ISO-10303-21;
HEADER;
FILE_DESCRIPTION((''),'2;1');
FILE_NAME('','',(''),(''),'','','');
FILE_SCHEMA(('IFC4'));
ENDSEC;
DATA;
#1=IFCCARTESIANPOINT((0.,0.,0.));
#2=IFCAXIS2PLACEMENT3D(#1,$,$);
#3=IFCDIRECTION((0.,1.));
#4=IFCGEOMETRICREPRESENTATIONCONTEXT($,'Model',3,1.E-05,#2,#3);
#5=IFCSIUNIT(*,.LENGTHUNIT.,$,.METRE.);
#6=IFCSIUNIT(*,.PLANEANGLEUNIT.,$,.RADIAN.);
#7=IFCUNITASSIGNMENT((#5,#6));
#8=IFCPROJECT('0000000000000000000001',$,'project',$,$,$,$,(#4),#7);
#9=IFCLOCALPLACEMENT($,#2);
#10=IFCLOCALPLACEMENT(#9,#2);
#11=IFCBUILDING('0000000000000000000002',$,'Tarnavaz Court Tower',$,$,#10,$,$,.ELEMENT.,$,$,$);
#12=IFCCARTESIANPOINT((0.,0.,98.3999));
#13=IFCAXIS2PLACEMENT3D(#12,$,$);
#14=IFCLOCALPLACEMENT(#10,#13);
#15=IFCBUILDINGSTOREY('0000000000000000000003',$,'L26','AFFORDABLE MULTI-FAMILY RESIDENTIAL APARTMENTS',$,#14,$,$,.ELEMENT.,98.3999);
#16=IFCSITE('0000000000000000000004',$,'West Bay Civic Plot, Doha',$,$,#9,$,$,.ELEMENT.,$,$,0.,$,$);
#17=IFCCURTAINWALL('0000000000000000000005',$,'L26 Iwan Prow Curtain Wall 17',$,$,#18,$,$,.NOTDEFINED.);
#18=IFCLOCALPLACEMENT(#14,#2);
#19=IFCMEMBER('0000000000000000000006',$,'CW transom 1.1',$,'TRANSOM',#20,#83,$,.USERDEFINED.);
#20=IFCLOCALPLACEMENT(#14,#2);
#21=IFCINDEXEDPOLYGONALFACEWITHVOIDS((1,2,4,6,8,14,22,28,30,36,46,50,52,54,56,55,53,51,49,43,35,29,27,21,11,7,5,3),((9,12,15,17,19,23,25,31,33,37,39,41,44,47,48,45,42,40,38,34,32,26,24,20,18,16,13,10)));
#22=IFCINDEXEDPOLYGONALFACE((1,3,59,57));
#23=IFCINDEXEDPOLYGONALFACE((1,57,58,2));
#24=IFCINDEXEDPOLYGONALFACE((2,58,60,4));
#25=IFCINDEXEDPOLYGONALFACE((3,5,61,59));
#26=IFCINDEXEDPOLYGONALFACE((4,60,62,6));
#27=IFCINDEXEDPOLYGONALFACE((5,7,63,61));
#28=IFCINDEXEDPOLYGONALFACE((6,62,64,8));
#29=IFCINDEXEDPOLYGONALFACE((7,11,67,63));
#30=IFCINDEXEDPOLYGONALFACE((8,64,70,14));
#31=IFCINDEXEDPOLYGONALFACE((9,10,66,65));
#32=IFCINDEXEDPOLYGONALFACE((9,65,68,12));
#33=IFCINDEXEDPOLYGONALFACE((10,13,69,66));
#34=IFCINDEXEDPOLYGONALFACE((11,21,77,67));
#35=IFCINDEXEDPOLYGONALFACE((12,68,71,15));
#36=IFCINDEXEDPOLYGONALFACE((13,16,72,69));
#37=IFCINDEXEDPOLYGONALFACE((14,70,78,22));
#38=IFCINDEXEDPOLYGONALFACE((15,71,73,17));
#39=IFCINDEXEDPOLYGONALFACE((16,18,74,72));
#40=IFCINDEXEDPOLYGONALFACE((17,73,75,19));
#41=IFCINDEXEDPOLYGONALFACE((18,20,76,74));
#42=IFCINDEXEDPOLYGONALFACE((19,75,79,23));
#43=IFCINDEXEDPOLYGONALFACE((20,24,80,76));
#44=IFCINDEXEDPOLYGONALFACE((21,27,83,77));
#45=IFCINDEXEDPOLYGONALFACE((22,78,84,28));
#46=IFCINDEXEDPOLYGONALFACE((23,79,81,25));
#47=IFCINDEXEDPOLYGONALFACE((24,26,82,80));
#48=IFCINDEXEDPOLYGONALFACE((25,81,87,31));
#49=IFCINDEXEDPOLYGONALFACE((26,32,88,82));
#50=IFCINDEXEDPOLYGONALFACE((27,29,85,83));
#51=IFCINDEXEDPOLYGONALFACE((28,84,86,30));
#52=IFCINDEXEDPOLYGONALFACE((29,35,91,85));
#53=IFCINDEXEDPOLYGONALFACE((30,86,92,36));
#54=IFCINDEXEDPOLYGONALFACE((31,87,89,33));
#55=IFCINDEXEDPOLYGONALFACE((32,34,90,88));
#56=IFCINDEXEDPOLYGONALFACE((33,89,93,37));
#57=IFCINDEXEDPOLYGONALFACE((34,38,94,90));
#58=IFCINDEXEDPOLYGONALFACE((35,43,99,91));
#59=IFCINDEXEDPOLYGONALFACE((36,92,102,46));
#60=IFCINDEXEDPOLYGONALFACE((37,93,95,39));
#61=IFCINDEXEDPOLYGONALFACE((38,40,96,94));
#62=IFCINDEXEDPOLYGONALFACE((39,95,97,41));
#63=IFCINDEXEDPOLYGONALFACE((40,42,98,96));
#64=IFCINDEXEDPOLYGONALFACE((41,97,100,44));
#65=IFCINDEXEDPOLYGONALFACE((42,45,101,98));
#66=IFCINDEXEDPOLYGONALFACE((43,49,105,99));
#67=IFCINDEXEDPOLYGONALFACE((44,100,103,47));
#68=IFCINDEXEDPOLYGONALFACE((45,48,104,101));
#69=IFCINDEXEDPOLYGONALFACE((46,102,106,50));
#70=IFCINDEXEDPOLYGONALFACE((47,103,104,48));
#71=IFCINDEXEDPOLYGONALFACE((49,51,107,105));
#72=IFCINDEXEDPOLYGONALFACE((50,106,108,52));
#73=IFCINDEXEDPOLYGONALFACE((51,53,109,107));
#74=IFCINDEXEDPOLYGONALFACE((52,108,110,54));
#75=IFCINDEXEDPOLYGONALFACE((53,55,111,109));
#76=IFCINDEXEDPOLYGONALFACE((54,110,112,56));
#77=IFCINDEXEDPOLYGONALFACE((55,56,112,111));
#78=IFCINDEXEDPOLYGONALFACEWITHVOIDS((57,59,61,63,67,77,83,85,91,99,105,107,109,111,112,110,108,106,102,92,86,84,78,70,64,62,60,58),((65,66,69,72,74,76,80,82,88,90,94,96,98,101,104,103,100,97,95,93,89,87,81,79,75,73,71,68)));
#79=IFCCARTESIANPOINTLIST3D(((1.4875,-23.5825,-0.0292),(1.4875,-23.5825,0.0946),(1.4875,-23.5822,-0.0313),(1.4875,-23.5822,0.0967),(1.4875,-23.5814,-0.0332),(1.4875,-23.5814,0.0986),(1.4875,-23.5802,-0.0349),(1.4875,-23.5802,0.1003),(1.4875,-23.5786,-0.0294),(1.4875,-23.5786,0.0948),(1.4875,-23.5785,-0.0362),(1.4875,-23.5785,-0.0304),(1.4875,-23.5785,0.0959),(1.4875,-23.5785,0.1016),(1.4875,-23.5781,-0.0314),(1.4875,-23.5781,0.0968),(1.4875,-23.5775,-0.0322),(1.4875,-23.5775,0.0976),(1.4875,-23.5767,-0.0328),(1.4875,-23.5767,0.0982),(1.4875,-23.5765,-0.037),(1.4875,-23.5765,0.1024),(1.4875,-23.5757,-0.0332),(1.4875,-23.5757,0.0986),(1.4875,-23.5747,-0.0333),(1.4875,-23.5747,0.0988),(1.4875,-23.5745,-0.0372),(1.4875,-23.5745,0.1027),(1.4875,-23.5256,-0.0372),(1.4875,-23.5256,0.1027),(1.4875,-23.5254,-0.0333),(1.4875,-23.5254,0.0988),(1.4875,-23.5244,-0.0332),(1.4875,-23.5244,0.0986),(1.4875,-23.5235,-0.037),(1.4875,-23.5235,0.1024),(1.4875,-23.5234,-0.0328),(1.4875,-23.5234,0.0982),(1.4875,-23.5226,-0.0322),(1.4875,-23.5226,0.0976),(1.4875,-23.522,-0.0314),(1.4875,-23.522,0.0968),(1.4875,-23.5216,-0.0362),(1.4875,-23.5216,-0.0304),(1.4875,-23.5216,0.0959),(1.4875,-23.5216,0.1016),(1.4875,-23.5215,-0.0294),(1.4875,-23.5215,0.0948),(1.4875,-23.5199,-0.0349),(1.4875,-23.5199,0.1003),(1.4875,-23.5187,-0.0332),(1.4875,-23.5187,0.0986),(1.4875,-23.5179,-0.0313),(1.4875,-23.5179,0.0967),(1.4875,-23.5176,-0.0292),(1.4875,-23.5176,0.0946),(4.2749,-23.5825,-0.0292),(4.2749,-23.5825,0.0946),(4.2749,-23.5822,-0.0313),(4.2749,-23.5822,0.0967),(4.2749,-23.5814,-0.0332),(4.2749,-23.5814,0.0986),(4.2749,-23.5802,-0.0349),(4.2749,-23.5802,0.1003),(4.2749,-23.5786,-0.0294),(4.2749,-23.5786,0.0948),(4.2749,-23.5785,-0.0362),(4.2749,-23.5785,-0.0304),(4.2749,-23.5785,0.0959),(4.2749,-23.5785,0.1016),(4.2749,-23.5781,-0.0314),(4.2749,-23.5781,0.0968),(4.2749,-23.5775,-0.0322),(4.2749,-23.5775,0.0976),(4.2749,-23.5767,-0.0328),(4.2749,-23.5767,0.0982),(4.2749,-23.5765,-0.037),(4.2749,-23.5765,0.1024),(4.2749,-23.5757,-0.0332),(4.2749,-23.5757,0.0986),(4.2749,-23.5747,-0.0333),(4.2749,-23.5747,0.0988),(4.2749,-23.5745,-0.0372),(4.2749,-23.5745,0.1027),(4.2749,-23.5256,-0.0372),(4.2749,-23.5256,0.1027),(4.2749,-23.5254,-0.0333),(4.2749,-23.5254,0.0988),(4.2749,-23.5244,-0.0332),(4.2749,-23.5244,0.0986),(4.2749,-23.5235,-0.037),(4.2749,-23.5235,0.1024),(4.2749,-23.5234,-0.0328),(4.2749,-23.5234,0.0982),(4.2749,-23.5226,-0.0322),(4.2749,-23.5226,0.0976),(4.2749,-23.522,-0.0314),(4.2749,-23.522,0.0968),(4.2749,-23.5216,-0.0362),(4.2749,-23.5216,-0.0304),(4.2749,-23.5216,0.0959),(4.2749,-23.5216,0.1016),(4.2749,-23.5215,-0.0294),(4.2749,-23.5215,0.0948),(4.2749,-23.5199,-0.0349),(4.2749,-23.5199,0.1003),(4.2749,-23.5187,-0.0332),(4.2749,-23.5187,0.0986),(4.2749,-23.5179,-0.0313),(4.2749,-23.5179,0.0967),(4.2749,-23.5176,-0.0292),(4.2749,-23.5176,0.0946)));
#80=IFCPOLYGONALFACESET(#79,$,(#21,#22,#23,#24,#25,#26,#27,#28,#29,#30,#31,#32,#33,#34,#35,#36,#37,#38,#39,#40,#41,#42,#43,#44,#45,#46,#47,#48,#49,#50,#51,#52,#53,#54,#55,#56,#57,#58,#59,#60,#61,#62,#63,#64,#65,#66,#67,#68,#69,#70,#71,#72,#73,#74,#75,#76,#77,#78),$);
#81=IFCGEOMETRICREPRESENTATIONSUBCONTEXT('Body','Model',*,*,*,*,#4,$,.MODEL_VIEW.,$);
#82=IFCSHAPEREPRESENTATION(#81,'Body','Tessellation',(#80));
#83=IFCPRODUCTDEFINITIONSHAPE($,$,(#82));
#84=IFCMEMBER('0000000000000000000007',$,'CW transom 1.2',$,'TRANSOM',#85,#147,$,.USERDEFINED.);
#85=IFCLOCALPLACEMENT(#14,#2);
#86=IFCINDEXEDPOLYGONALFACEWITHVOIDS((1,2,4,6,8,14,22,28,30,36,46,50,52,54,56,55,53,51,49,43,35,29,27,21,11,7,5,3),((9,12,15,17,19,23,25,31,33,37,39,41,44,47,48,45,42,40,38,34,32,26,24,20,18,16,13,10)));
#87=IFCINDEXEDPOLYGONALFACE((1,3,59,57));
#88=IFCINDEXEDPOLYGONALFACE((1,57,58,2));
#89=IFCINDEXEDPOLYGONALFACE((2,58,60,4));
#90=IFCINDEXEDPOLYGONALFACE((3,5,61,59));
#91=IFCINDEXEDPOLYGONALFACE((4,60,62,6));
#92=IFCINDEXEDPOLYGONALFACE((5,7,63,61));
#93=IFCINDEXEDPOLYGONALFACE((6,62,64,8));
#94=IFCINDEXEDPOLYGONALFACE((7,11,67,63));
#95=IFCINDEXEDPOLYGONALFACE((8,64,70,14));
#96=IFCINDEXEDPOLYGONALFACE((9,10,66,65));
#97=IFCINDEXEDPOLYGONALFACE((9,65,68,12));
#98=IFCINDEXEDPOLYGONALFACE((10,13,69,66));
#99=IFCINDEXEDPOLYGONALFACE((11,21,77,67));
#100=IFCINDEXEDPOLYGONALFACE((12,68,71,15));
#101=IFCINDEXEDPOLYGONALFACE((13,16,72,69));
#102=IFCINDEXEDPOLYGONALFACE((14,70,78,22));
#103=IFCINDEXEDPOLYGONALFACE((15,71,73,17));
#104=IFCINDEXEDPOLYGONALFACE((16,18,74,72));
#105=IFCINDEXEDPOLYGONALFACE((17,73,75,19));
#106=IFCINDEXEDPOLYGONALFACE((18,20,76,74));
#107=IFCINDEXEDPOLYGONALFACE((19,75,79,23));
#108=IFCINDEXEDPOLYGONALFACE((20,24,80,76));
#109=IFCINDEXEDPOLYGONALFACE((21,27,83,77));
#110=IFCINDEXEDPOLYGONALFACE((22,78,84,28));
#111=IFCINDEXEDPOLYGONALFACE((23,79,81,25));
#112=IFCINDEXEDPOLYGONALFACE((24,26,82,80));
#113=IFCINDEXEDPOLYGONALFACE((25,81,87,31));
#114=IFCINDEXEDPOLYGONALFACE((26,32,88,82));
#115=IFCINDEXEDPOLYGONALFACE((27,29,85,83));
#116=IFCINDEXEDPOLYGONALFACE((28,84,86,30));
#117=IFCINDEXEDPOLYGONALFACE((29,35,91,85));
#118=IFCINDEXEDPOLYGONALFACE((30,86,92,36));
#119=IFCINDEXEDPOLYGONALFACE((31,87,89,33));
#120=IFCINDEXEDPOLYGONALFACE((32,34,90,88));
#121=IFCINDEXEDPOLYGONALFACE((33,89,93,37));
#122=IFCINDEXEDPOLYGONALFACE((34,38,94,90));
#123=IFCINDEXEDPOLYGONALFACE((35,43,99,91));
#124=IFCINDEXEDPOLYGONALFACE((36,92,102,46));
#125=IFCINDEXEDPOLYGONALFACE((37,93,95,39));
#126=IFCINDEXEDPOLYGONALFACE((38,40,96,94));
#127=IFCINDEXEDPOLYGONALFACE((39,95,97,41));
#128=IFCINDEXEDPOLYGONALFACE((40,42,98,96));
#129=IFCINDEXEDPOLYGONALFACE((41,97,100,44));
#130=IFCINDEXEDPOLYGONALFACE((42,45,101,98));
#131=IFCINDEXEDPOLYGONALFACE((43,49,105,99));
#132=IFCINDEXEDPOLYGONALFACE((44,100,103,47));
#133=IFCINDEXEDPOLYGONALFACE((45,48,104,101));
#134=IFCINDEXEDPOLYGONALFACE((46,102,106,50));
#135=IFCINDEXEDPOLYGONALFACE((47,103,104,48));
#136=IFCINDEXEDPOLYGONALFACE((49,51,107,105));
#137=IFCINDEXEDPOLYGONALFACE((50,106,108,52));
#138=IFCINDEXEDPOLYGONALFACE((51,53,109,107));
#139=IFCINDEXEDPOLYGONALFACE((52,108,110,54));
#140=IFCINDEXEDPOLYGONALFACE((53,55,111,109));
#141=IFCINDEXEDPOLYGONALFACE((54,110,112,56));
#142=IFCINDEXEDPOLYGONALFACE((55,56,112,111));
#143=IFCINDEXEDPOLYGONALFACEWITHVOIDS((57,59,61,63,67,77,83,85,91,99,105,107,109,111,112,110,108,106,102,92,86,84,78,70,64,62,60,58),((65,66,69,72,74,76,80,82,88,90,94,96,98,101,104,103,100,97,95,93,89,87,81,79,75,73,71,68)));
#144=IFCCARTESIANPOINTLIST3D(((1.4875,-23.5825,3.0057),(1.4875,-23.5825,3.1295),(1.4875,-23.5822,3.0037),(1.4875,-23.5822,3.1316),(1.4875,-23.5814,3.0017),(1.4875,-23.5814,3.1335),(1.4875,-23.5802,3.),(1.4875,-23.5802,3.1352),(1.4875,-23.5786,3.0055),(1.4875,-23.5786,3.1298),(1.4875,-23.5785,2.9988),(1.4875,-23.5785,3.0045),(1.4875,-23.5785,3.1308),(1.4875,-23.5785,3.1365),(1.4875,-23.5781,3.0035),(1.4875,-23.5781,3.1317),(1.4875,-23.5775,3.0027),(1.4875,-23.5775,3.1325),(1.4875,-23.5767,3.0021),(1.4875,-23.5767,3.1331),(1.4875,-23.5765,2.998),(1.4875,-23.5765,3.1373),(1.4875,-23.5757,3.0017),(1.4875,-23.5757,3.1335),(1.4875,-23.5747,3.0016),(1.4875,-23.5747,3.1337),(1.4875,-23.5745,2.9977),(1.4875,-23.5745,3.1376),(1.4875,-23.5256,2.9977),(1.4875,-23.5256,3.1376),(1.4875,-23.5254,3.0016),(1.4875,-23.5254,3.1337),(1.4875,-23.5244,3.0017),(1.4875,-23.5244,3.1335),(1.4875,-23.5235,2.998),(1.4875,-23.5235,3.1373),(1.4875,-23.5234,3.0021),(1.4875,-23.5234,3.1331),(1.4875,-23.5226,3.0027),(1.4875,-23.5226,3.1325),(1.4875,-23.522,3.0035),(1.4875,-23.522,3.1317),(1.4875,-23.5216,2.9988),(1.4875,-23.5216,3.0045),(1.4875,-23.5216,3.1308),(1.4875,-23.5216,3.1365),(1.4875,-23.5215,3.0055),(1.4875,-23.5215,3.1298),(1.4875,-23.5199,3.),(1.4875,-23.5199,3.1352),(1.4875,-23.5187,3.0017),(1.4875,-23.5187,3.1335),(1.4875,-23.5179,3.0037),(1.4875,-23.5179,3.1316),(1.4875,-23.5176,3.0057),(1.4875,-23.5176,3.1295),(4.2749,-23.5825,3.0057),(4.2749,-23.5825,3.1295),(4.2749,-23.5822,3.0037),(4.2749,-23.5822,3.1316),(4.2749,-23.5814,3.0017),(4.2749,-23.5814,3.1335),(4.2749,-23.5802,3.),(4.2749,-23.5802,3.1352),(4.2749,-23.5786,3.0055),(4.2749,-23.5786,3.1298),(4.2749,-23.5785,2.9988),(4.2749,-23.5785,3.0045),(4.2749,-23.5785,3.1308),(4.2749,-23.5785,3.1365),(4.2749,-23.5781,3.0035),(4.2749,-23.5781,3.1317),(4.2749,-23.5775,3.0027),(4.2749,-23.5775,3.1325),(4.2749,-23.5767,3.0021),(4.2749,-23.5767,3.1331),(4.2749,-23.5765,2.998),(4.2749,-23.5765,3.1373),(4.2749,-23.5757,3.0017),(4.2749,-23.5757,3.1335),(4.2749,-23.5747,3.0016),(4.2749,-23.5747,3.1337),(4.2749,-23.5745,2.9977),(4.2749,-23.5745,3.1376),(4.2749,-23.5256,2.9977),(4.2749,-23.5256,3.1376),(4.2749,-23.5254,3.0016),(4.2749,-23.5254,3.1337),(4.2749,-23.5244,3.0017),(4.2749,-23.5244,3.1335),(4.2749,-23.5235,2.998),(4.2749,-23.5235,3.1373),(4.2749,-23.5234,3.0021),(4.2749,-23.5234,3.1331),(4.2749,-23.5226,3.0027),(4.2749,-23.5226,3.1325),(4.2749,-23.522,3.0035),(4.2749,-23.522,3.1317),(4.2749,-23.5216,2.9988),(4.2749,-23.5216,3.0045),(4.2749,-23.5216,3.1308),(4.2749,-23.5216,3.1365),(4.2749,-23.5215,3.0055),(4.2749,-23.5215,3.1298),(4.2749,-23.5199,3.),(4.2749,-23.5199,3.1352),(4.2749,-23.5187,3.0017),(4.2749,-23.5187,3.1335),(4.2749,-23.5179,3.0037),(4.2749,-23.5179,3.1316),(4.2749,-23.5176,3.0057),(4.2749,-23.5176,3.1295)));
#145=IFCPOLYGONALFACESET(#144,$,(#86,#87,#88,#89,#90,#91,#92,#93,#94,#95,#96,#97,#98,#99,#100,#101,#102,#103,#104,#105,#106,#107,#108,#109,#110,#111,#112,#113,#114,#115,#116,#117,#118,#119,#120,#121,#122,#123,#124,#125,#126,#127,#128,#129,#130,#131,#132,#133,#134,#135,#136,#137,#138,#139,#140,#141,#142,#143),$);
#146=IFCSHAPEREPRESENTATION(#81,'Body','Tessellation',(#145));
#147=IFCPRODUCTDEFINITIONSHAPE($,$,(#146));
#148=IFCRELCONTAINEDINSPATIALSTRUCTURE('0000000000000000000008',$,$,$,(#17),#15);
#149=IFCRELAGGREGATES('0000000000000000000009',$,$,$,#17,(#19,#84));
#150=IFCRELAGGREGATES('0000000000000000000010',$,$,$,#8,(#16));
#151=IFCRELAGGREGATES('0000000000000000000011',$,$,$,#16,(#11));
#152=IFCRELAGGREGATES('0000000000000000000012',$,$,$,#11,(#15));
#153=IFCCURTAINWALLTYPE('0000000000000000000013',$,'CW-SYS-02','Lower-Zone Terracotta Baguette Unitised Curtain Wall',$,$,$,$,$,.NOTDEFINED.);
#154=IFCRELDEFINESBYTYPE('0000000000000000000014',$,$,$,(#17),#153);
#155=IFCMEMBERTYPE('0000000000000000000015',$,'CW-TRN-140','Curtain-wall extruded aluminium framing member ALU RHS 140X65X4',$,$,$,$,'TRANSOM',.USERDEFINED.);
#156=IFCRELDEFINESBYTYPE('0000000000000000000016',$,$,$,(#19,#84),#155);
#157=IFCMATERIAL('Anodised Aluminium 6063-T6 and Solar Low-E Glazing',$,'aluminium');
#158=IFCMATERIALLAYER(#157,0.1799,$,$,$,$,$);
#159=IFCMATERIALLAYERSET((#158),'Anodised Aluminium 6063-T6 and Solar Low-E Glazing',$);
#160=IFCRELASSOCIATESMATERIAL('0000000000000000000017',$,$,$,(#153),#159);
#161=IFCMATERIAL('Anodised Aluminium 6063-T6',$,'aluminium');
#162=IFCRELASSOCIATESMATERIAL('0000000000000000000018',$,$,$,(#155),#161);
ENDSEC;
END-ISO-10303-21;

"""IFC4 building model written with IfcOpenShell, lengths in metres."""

from ifc_helpers import new_model, si_unit, direction, frame, origin, origin_2d, place, context, subcontext, project, spatial, hollow_rectangle, extrude, material, layer, layer_set, material_profile, profile_set, type_object, element, aggregate, save


model = new_model("IFC4")

# Units and contexts
model_context = context("Model", 3, precision=1e-05, world=origin(), true_north=direction((0.0, 1.0)))
body_context = subcontext(model_context, "Body", "Model", "MODEL_VIEW")
ifc_project = project(units=[si_unit("LENGTHUNIT", "METRE"), si_unit("PLANEANGLEUNIT", "RADIAN")], contexts=[model_context])

# Site, building, storey
site_placement = place(None, origin())
site = spatial("IfcSite", under=ifc_project, at=site_placement, Name="West Bay Civic Plot, Doha", CompositionType="ELEMENT", RefElevation=0.0)
building_placement = place(site_placement, origin())
building = spatial("IfcBuilding", under=site, at=building_placement, Name="Tarnavaz Court Tower", CompositionType="ELEMENT")
storey_placement = place(building_placement, frame((0.0, 0.0, 98.3999)))
storey = spatial("IfcBuildingStorey", under=building, at=storey_placement, Name="L26", Description="AFFORDABLE MULTI-FAMILY RESIDENTIAL APARTMENTS", CompositionType="ELEMENT", Elevation=98.3999)

# Curtain wall, members
ifc_material_1 = material(Name="Anodised Aluminium 6063-T6 and Solar Low-E Glazing", Category="aluminium")
ifc_layer_1 = layer(ifc_material_1, 0.1799)
ifc_layer_set_1 = layer_set([ifc_layer_1], Name="Anodised Aluminium 6063-T6 and Solar Low-E Glazing")
curtain_wall_type = type_object("IfcCurtainWallType", Name="CW-SYS-02", Description="Lower-Zone Terracotta Baguette Unitised Curtain Wall", PredefinedType="NOTDEFINED", material=ifc_layer_set_1)
curtain_wall_placement = place(storey_placement, origin())
curtain_wall = element("IfcCurtainWall", 1, at=curtain_wall_placement, inside=storey, type_object=curtain_wall_type, Name="L26 Iwan Prow Curtain Wall 17", PredefinedType="NOTDEFINED")
ifc_material_2 = material(Name="Anodised Aluminium 6063-T6", Category="aluminium")
ifc_material_profile_1 = material_profile(ifc_material_2, hollow_rectangle(XDim=0.0649, YDim=0.1399, WallThickness=0.0039, InnerFilletRadius=0.0039, OuterFilletRadius=0.0081, at=origin_2d()), Name="ALU RHS 140X65X4")
ifc_profile_set_1 = profile_set([ifc_material_profile_1], Name="Anodised Aluminium 6063-T6")
member_type_1 = type_object("IfcMemberType", Name="CW-TRN-140", Description="Curtain-wall extruded aluminium framing member ALU RHS 140X65X4", ElementType="TRANSOM", PredefinedType="USERDEFINED", material=ifc_profile_set_1)
member_1_placement = place(storey_placement, frame((4.2749, -23.55, 0.0327), z_axis=(-1.0, 0.0, 0.0), x_axis=(0.0, -1.0, 0.0)))
member_1 = element("IfcMember", 2, at=member_1_placement, type_object=member_type_1, Name="CW transom 1.1", ObjectType="TRANSOM", PredefinedType="USERDEFINED", context=body_context, shape_type="SweptSolid", body=[
    extrude(hollow_rectangle(XDim=0.0649, YDim=0.1399, WallThickness=0.0039, InnerFilletRadius=0.0039, OuterFilletRadius=0.0081, at=origin_2d()), origin(), (0.0, 0.0, 1.0), 2.7874),
])
member_2_placement = place(storey_placement, frame((4.2749, -23.55, 3.0676), z_axis=(-1.0, 0.0, 0.0), x_axis=(0.0, -1.0, 0.0)))
member_2 = element("IfcMember", 3, at=member_2_placement, type_object=member_type_1, Name="CW transom 1.2", ObjectType="TRANSOM", PredefinedType="USERDEFINED", context=body_context, shape_type="SweptSolid", body=[
    extrude(hollow_rectangle(XDim=0.0649, YDim=0.1399, WallThickness=0.0039, InnerFilletRadius=0.0039, OuterFilletRadius=0.0081, at=origin_2d()), origin(), (0.0, 0.0, 1.0), 2.7874),
])
aggregate(curtain_wall, [member_1, member_2])

save(model, "model.ifc")
